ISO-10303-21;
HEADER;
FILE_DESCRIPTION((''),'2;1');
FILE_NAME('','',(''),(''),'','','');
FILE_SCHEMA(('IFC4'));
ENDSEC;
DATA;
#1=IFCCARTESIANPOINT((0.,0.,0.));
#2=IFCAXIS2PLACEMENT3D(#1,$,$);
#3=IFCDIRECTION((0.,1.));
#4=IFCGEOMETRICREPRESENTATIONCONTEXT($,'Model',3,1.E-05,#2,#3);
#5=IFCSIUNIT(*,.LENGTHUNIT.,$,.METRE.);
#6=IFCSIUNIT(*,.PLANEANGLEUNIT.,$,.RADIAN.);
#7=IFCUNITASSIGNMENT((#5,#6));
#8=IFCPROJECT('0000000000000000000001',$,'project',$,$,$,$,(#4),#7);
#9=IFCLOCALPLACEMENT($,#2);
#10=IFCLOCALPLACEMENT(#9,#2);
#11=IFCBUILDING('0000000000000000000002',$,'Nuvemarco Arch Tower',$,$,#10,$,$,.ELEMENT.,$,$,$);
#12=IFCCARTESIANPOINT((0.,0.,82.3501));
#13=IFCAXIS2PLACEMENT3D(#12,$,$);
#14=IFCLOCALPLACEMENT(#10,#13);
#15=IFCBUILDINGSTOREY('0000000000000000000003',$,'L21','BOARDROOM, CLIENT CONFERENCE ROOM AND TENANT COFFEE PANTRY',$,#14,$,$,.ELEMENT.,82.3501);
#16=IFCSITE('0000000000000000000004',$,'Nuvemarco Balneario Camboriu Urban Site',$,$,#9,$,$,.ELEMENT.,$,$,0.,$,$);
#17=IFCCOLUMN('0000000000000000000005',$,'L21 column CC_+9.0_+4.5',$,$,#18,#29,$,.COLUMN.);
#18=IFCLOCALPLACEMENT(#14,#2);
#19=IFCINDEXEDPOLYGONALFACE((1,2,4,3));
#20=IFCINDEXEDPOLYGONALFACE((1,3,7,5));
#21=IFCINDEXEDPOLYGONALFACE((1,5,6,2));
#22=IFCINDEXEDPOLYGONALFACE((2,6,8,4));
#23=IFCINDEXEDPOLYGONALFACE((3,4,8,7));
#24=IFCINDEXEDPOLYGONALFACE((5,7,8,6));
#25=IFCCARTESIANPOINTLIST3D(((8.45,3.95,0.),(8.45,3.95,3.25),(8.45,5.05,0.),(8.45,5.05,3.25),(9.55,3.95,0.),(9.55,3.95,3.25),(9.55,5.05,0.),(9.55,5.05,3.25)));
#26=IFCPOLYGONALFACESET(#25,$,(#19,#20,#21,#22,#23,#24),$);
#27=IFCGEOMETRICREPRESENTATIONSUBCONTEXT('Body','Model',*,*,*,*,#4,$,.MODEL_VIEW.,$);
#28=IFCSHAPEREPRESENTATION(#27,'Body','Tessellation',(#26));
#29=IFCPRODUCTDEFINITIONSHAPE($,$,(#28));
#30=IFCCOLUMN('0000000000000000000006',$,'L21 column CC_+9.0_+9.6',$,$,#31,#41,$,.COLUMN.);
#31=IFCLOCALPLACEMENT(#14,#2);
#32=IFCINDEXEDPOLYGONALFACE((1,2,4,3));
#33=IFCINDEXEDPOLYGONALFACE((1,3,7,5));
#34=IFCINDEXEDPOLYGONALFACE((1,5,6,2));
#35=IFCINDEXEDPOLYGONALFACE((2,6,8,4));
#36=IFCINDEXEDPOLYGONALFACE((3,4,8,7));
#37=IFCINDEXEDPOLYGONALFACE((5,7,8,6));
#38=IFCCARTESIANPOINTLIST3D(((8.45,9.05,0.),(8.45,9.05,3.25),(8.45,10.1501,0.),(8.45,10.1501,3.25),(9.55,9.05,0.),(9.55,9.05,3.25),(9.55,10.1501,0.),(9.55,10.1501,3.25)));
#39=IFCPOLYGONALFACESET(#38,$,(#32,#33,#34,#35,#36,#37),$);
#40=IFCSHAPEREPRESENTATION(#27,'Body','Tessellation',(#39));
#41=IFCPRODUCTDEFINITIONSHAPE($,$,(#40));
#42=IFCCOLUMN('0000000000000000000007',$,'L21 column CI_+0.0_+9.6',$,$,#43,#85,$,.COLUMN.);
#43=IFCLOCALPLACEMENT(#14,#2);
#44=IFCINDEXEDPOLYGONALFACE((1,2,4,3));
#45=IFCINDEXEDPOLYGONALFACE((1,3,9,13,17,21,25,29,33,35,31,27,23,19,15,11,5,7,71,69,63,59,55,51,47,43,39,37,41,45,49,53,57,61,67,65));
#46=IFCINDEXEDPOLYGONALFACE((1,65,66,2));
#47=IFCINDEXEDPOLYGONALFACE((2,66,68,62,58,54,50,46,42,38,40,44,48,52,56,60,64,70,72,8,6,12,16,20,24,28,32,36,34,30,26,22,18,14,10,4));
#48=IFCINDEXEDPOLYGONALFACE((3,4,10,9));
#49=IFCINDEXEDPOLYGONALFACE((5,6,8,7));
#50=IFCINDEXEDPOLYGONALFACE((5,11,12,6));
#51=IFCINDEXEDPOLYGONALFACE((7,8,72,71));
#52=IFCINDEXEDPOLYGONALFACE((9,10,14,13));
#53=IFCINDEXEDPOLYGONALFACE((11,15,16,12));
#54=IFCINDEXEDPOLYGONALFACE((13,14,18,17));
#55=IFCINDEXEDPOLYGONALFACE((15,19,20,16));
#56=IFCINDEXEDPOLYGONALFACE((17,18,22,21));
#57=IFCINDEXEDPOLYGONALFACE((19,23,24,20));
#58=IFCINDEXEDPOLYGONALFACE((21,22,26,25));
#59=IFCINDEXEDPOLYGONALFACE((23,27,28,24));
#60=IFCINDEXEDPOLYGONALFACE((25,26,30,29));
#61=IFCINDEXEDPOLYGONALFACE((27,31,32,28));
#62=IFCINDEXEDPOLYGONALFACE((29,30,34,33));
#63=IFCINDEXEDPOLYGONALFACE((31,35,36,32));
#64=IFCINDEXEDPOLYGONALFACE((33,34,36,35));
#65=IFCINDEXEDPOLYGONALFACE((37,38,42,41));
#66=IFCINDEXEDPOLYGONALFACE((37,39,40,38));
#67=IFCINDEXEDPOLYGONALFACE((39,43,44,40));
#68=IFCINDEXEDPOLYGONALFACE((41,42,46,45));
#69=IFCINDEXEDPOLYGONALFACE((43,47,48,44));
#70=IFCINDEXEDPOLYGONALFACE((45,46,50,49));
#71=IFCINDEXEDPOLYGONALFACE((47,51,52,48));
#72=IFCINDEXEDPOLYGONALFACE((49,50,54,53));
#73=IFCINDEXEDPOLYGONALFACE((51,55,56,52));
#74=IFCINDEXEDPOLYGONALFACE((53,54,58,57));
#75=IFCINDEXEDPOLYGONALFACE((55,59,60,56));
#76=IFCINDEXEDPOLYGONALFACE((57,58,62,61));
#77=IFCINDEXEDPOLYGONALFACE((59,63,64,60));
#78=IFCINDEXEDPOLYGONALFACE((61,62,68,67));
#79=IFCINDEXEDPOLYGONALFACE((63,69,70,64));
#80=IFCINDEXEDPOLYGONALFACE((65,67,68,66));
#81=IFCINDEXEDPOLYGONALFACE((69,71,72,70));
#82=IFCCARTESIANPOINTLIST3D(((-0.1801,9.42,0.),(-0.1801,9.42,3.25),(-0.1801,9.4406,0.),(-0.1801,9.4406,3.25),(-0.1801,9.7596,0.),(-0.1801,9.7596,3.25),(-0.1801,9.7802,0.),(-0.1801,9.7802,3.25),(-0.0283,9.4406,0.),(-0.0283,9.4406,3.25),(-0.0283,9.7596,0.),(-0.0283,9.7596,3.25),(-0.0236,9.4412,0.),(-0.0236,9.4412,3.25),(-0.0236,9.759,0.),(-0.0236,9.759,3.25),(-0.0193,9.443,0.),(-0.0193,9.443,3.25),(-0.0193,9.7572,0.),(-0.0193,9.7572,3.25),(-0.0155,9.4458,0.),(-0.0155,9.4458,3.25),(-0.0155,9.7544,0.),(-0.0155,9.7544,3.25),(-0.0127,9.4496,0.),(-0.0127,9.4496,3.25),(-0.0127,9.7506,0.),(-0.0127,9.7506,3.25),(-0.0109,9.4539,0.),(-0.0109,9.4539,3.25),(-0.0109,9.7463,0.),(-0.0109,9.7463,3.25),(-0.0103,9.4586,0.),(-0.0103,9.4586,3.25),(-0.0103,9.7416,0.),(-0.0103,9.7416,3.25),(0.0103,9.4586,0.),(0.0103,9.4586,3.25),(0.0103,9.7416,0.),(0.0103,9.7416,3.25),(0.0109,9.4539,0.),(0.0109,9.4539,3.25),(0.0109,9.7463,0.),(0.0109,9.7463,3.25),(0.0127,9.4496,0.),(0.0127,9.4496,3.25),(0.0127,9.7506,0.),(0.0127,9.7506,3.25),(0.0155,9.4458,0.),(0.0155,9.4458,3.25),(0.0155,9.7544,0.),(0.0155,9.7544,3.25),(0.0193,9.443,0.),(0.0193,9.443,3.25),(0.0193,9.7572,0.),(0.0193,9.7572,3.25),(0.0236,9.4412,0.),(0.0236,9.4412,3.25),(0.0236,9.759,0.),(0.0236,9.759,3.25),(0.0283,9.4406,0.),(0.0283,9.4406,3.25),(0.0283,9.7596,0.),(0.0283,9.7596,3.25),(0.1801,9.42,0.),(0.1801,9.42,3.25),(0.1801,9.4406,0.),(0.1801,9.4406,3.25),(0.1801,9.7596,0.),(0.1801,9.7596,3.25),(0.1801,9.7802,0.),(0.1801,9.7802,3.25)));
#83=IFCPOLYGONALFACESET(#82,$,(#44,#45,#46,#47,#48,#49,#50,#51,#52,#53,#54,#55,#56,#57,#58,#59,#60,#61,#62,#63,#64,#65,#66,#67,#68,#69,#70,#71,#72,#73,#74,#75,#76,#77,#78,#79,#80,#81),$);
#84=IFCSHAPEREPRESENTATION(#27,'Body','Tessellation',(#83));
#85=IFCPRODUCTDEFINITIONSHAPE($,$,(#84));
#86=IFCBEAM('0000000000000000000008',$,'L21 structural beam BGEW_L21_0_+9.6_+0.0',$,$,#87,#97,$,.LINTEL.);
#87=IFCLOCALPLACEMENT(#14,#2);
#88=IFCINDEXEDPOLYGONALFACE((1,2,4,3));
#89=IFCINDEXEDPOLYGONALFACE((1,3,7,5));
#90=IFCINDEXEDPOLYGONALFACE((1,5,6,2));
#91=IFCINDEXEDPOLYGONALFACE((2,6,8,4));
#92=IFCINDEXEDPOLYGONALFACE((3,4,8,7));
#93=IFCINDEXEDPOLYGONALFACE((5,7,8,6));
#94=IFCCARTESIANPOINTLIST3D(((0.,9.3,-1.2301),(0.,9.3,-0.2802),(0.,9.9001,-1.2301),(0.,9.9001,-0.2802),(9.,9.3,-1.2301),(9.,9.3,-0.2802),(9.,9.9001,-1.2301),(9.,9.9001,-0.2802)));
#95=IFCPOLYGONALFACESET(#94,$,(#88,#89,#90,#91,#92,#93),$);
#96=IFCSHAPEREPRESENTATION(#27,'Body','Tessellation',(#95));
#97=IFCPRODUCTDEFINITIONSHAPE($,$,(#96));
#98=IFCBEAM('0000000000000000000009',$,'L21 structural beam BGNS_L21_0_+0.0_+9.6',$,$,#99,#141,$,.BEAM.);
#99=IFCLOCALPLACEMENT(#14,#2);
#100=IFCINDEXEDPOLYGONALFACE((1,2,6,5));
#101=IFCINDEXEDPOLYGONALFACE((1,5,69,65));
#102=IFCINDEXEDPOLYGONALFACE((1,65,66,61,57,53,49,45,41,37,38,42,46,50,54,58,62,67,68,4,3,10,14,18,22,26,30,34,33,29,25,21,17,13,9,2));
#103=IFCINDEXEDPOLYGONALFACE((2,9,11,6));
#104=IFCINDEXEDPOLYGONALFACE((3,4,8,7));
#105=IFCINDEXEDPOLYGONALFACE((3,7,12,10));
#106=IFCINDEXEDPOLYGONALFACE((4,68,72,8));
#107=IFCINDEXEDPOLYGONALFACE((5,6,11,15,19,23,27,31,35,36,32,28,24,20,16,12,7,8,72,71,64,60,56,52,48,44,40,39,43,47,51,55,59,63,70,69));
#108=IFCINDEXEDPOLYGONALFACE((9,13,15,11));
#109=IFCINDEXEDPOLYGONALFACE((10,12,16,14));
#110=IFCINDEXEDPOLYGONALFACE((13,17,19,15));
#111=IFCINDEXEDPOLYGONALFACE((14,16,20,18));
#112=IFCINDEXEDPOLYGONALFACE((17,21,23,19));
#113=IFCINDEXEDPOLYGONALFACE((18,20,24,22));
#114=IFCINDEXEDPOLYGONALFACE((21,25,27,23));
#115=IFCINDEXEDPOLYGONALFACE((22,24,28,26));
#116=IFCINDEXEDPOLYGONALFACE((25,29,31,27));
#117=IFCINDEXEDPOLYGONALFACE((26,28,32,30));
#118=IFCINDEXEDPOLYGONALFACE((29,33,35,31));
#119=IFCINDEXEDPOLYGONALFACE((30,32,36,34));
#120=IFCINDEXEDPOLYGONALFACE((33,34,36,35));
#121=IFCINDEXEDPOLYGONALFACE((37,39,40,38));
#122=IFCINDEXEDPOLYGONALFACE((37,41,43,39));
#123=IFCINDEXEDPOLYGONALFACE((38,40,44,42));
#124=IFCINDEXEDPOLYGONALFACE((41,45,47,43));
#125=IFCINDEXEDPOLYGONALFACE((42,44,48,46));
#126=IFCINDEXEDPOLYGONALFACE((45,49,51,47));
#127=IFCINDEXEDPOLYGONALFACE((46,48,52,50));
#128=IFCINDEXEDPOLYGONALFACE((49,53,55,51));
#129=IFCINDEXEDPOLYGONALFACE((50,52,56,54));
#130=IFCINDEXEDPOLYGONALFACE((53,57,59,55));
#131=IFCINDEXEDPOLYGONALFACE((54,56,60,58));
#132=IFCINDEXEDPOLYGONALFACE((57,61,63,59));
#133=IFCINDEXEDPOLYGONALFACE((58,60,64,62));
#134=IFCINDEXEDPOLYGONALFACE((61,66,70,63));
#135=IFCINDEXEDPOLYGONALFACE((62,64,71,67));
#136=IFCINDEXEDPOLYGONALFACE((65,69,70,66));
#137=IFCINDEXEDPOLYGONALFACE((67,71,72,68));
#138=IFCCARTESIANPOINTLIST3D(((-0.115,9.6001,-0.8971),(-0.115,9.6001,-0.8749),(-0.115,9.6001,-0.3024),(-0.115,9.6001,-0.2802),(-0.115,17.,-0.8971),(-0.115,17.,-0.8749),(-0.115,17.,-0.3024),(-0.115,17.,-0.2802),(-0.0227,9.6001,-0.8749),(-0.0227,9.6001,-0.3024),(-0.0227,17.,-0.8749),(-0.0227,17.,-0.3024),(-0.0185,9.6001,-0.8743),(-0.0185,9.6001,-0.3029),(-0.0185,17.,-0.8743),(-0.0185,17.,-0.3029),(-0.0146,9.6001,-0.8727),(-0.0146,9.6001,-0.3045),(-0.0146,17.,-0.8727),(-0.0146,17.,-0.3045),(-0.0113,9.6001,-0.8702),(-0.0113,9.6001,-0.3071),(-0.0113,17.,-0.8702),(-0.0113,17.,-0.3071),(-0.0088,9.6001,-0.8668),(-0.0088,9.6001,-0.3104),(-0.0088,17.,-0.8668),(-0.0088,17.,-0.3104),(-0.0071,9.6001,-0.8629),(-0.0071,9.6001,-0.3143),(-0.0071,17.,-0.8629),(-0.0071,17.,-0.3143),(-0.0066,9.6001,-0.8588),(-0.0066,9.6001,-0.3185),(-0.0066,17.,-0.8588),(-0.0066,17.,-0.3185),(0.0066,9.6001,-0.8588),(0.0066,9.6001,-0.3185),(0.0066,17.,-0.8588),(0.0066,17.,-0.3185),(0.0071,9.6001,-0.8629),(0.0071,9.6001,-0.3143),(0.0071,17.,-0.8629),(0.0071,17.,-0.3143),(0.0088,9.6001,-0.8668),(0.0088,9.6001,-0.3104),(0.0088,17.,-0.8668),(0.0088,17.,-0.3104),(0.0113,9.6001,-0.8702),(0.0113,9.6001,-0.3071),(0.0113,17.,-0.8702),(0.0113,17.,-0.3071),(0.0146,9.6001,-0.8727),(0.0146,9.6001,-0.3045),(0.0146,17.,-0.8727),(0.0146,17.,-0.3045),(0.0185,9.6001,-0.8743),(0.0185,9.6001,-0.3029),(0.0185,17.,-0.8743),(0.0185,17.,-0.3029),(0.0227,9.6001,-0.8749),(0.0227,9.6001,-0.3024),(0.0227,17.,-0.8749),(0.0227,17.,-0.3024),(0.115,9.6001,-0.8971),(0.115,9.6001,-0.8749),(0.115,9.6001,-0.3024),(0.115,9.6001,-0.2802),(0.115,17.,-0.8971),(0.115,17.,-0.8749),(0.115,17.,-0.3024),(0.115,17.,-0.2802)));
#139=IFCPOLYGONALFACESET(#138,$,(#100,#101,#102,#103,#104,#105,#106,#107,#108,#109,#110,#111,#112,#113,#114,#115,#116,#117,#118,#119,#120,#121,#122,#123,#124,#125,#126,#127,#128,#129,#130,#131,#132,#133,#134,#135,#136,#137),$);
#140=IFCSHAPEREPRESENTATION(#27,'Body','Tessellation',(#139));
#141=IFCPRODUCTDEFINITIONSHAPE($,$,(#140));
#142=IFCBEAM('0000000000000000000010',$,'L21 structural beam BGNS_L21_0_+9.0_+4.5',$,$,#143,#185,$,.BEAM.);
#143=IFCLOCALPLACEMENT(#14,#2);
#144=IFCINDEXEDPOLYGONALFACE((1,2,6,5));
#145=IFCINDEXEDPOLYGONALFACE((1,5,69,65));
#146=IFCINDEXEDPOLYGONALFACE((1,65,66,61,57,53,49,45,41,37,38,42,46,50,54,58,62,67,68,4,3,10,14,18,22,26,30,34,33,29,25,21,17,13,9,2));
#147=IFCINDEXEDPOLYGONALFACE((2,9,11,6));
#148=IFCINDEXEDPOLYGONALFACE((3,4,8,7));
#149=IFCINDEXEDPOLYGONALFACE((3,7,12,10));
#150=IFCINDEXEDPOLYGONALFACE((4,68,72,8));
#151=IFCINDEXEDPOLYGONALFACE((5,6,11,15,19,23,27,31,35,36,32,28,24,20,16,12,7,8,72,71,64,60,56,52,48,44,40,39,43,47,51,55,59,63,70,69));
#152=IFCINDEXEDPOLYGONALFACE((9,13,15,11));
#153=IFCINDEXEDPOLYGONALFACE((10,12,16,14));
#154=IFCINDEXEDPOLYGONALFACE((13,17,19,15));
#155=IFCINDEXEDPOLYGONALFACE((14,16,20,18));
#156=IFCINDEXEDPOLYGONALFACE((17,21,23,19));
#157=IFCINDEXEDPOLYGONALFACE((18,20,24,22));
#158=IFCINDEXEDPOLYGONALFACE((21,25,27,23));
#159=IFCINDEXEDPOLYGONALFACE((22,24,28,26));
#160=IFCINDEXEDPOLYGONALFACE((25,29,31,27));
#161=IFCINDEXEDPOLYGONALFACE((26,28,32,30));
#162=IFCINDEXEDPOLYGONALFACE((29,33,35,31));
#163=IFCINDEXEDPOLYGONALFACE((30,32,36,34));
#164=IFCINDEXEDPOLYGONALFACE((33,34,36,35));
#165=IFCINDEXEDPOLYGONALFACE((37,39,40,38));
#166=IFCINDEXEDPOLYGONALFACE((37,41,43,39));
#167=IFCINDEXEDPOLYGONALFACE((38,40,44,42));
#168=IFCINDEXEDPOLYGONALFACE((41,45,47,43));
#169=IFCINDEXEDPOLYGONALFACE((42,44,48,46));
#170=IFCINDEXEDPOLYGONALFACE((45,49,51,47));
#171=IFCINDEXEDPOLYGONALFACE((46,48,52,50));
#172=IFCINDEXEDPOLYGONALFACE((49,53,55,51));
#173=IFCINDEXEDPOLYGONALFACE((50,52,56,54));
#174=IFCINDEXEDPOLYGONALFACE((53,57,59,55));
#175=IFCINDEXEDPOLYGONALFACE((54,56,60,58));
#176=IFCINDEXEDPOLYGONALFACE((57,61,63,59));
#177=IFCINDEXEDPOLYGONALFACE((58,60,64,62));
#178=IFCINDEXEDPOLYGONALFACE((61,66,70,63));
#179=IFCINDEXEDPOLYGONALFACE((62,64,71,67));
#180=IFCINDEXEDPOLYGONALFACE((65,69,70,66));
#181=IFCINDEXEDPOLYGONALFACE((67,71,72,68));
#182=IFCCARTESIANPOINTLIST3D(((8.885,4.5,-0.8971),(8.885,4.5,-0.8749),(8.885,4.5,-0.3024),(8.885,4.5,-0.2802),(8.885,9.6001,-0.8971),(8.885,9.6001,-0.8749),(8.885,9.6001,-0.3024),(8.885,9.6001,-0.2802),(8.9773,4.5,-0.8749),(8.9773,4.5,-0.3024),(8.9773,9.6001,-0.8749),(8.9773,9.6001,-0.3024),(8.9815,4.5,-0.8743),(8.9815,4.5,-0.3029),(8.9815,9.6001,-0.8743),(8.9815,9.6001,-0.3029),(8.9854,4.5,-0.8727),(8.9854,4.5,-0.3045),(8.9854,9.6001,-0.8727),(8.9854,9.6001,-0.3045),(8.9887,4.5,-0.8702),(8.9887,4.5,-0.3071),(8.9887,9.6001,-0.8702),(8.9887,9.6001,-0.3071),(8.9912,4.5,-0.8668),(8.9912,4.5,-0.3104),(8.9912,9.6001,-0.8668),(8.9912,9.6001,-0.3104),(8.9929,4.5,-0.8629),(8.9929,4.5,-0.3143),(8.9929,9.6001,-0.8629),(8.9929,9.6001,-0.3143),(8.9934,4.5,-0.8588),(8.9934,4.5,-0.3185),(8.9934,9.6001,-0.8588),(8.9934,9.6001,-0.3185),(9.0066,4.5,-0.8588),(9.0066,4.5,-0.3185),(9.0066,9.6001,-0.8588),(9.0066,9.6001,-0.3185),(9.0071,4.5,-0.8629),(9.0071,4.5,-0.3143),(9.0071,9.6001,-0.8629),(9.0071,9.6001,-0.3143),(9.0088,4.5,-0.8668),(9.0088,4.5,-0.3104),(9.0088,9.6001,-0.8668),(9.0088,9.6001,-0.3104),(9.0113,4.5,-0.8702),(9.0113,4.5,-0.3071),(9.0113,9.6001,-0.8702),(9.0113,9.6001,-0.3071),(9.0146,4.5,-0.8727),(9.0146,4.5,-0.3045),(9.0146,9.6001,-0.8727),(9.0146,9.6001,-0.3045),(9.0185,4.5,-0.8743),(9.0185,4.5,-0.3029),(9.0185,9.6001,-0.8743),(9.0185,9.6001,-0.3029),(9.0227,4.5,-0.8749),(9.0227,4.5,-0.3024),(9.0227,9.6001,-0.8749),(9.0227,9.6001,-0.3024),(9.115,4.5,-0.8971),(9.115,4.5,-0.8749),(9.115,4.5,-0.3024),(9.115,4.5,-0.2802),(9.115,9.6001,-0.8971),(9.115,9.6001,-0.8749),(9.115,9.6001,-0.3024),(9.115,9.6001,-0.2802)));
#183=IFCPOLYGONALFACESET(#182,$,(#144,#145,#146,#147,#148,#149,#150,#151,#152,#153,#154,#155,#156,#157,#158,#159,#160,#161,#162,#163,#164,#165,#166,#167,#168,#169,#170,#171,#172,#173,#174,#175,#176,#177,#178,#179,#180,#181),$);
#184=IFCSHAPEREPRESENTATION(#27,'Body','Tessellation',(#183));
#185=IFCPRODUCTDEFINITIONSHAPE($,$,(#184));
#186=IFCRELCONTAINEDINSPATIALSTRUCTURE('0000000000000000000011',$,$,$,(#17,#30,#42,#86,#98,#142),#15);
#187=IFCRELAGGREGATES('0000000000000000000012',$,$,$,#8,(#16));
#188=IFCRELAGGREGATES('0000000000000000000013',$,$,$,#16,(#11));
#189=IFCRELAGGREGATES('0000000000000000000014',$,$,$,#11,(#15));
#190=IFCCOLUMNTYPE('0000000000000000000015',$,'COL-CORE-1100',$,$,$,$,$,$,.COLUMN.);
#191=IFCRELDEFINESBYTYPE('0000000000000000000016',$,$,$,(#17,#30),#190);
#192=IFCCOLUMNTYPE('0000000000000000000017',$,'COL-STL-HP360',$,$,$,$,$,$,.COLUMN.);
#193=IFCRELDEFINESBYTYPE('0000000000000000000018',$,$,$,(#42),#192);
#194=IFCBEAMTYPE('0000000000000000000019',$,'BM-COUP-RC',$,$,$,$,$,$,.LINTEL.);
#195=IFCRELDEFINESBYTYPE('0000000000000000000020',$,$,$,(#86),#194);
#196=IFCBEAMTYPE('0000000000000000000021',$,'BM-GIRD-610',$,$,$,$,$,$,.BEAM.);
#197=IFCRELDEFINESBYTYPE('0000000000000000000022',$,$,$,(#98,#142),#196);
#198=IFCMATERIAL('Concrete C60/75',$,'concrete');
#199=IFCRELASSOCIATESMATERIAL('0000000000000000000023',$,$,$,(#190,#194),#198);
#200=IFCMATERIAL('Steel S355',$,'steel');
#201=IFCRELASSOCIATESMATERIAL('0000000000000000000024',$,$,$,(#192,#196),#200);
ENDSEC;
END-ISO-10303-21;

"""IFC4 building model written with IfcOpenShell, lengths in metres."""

from ifc_helpers import new_model, si_unit, direction, frame, origin, origin_2d, place, context, subcontext, project, spatial, rectangle, i_section, extrude, material, material_profile, profile_set, type_object, element, save


model = new_model("IFC4")

# Units and contexts
model_context = context("Model", 3, precision=1e-05, world=origin(), true_north=direction((0.0, 1.0)))
body_context = subcontext(model_context, "Body", "Model", "MODEL_VIEW")
ifc_project = project(units=[si_unit("LENGTHUNIT", "METRE"), si_unit("PLANEANGLEUNIT", "RADIAN")], contexts=[model_context])

# Site, building, storey
site_placement = place(None, origin())
site = spatial("IfcSite", under=ifc_project, at=site_placement, Name="Nuvemarco Balneario Camboriu Urban Site", CompositionType="ELEMENT", RefElevation=0.0)
building_placement = place(site_placement, origin())
building = spatial("IfcBuilding", under=site, at=building_placement, Name="Nuvemarco Arch Tower", CompositionType="ELEMENT")
storey_placement = place(building_placement, frame((0.0, 0.0, 82.3501)))
storey = spatial("IfcBuildingStorey", under=building, at=storey_placement, Name="L21", Description="BOARDROOM, CLIENT CONFERENCE ROOM AND TENANT COFFEE PANTRY", CompositionType="ELEMENT", Elevation=82.3501)

# Columns
ifc_material_1 = material(Name="Concrete C60/75", Category="concrete")
ifc_material_profile_1 = material_profile(ifc_material_1, rectangle(XDim=1.1001, YDim=1.1001, at=origin_2d()), Name="RC-COL-1100x1100")
ifc_profile_set_1 = profile_set([ifc_material_profile_1], Name="Concrete C60/75")
column_type_1 = type_object("IfcColumnType", Name="COL-CORE-1100", PredefinedType="COLUMN", material=ifc_profile_set_1)
for number, where, z_axis, x_axis, name in (
    (1, (9.0, 4.5, 0.0), (0.0, 0.0, 1.0), (1.0, 0.0, 0.0), "L21 column CC_+9.0_+4.5"),
    (2, (9.0, 9.6001, 0.0), (0.0, 0.0, 1.0), (1.0, 0.0, 0.0), "L21 column CC_+9.0_+9.6"),
):
    element("IfcColumn", number, at=place(storey_placement, frame(where, z_axis=z_axis, x_axis=x_axis)), inside=storey, type_object=column_type_1, Name=name, PredefinedType="COLUMN", context=body_context, shape_type="SweptSolid", body=[
        extrude(rectangle(XDim=1.1001, YDim=1.1001, at=origin_2d()), origin(), (0.0, 0.0, 1.0), 3.25),
    ])
ifc_material_2 = material(Name="Steel S355", Category="steel")
ifc_material_profile_2 = material_profile(ifc_material_2, i_section(OverallWidth=0.3601, OverallDepth=0.3601, WebThickness=0.0205, FlangeThickness=0.0205, FilletRadius=0.0181, at=origin_2d()), Name="HP360x174")
ifc_profile_set_2 = profile_set([ifc_material_profile_2], Name="Steel S355")
column_type_2 = type_object("IfcColumnType", Name="COL-STL-HP360", PredefinedType="COLUMN", material=ifc_profile_set_2)
column_placement = place(storey_placement, frame((0.0, 9.6001, 0.0), z_axis=(0.0, 0.0, 1.0), x_axis=(1.0, 0.0, 0.0)))
element("IfcColumn", 3, at=column_placement, inside=storey, type_object=column_type_2, Name="L21 column CI_+0.0_+9.6", PredefinedType="COLUMN", context=body_context, shape_type="SweptSolid", body=[
    extrude(i_section(OverallWidth=0.3601, OverallDepth=0.3601, WebThickness=0.0205, FlangeThickness=0.0205, FilletRadius=0.0181, at=origin_2d()), origin(), (0.0, 0.0, 1.0), 3.25),
])

# Beams
ifc_material_profile_3 = material_profile(ifc_material_1, rectangle(XDim=0.6001, YDim=0.95, at=origin_2d()), Name="RC-BM-600x950")
ifc_profile_set_3 = profile_set([ifc_material_profile_3], Name="Concrete C60/75")
beam_type_1 = type_object("IfcBeamType", Name="BM-COUP-RC", PredefinedType="LINTEL", material=ifc_profile_set_3)
beam_1_placement = place(storey_placement, frame((0.0, 9.6001, -0.7551), z_axis=(1.0, 0.0, 0.0), x_axis=(0.0, 1.0, 0.0)))
element("IfcBeam", 4, at=beam_1_placement, inside=storey, type_object=beam_type_1, Name="L21 structural beam BGEW_L21_0_+9.6_+0.0", PredefinedType="LINTEL", context=body_context, shape_type="SweptSolid", body=[
    extrude(rectangle(XDim=0.6001, YDim=0.95, at=origin_2d()), origin(), (0.0, 0.0, 1.0), 9.0),
])
ifc_material_profile_4 = material_profile(ifc_material_2, i_section(OverallWidth=0.23, OverallDepth=0.6169, WebThickness=0.0132, FlangeThickness=0.0222, FilletRadius=0.0161, at=origin_2d()), Name="W610x140")
ifc_profile_set_4 = profile_set([ifc_material_profile_4], Name="Steel S355")
beam_type_2 = type_object("IfcBeamType", Name="BM-GIRD-610", PredefinedType="BEAM", material=ifc_profile_set_4)
beam_2_placement = place(storey_placement, frame((0.0, 9.6001, -0.5886), z_axis=(0.0, 1.0, 0.0), x_axis=(-1.0, 0.0, 0.0)))
element("IfcBeam", 5, at=beam_2_placement, inside=storey, type_object=beam_type_2, Name="L21 structural beam BGNS_L21_0_+0.0_+9.6", PredefinedType="BEAM", context=body_context, shape_type="SweptSolid", body=[
    extrude(i_section(OverallWidth=0.23, OverallDepth=0.6169, WebThickness=0.0132, FlangeThickness=0.0222, FilletRadius=0.0161, at=origin_2d()), origin(), (0.0, 0.0, 1.0), 7.3999),
])
beam_3_placement = place(storey_placement, frame((9.0, 4.5, -0.5886), z_axis=(0.0, 1.0, 0.0), x_axis=(-1.0, 0.0, 0.0)))
element("IfcBeam", 6, at=beam_3_placement, inside=storey, type_object=beam_type_2, Name="L21 structural beam BGNS_L21_0_+9.0_+4.5", PredefinedType="BEAM", context=body_context, shape_type="SweptSolid", body=[
    extrude(i_section(OverallWidth=0.23, OverallDepth=0.6169, WebThickness=0.0132, FlangeThickness=0.0222, FilletRadius=0.0161, at=origin_2d()), origin(), (0.0, 0.0, 1.0), 5.1001),
])

save(model, "model.ifc")
